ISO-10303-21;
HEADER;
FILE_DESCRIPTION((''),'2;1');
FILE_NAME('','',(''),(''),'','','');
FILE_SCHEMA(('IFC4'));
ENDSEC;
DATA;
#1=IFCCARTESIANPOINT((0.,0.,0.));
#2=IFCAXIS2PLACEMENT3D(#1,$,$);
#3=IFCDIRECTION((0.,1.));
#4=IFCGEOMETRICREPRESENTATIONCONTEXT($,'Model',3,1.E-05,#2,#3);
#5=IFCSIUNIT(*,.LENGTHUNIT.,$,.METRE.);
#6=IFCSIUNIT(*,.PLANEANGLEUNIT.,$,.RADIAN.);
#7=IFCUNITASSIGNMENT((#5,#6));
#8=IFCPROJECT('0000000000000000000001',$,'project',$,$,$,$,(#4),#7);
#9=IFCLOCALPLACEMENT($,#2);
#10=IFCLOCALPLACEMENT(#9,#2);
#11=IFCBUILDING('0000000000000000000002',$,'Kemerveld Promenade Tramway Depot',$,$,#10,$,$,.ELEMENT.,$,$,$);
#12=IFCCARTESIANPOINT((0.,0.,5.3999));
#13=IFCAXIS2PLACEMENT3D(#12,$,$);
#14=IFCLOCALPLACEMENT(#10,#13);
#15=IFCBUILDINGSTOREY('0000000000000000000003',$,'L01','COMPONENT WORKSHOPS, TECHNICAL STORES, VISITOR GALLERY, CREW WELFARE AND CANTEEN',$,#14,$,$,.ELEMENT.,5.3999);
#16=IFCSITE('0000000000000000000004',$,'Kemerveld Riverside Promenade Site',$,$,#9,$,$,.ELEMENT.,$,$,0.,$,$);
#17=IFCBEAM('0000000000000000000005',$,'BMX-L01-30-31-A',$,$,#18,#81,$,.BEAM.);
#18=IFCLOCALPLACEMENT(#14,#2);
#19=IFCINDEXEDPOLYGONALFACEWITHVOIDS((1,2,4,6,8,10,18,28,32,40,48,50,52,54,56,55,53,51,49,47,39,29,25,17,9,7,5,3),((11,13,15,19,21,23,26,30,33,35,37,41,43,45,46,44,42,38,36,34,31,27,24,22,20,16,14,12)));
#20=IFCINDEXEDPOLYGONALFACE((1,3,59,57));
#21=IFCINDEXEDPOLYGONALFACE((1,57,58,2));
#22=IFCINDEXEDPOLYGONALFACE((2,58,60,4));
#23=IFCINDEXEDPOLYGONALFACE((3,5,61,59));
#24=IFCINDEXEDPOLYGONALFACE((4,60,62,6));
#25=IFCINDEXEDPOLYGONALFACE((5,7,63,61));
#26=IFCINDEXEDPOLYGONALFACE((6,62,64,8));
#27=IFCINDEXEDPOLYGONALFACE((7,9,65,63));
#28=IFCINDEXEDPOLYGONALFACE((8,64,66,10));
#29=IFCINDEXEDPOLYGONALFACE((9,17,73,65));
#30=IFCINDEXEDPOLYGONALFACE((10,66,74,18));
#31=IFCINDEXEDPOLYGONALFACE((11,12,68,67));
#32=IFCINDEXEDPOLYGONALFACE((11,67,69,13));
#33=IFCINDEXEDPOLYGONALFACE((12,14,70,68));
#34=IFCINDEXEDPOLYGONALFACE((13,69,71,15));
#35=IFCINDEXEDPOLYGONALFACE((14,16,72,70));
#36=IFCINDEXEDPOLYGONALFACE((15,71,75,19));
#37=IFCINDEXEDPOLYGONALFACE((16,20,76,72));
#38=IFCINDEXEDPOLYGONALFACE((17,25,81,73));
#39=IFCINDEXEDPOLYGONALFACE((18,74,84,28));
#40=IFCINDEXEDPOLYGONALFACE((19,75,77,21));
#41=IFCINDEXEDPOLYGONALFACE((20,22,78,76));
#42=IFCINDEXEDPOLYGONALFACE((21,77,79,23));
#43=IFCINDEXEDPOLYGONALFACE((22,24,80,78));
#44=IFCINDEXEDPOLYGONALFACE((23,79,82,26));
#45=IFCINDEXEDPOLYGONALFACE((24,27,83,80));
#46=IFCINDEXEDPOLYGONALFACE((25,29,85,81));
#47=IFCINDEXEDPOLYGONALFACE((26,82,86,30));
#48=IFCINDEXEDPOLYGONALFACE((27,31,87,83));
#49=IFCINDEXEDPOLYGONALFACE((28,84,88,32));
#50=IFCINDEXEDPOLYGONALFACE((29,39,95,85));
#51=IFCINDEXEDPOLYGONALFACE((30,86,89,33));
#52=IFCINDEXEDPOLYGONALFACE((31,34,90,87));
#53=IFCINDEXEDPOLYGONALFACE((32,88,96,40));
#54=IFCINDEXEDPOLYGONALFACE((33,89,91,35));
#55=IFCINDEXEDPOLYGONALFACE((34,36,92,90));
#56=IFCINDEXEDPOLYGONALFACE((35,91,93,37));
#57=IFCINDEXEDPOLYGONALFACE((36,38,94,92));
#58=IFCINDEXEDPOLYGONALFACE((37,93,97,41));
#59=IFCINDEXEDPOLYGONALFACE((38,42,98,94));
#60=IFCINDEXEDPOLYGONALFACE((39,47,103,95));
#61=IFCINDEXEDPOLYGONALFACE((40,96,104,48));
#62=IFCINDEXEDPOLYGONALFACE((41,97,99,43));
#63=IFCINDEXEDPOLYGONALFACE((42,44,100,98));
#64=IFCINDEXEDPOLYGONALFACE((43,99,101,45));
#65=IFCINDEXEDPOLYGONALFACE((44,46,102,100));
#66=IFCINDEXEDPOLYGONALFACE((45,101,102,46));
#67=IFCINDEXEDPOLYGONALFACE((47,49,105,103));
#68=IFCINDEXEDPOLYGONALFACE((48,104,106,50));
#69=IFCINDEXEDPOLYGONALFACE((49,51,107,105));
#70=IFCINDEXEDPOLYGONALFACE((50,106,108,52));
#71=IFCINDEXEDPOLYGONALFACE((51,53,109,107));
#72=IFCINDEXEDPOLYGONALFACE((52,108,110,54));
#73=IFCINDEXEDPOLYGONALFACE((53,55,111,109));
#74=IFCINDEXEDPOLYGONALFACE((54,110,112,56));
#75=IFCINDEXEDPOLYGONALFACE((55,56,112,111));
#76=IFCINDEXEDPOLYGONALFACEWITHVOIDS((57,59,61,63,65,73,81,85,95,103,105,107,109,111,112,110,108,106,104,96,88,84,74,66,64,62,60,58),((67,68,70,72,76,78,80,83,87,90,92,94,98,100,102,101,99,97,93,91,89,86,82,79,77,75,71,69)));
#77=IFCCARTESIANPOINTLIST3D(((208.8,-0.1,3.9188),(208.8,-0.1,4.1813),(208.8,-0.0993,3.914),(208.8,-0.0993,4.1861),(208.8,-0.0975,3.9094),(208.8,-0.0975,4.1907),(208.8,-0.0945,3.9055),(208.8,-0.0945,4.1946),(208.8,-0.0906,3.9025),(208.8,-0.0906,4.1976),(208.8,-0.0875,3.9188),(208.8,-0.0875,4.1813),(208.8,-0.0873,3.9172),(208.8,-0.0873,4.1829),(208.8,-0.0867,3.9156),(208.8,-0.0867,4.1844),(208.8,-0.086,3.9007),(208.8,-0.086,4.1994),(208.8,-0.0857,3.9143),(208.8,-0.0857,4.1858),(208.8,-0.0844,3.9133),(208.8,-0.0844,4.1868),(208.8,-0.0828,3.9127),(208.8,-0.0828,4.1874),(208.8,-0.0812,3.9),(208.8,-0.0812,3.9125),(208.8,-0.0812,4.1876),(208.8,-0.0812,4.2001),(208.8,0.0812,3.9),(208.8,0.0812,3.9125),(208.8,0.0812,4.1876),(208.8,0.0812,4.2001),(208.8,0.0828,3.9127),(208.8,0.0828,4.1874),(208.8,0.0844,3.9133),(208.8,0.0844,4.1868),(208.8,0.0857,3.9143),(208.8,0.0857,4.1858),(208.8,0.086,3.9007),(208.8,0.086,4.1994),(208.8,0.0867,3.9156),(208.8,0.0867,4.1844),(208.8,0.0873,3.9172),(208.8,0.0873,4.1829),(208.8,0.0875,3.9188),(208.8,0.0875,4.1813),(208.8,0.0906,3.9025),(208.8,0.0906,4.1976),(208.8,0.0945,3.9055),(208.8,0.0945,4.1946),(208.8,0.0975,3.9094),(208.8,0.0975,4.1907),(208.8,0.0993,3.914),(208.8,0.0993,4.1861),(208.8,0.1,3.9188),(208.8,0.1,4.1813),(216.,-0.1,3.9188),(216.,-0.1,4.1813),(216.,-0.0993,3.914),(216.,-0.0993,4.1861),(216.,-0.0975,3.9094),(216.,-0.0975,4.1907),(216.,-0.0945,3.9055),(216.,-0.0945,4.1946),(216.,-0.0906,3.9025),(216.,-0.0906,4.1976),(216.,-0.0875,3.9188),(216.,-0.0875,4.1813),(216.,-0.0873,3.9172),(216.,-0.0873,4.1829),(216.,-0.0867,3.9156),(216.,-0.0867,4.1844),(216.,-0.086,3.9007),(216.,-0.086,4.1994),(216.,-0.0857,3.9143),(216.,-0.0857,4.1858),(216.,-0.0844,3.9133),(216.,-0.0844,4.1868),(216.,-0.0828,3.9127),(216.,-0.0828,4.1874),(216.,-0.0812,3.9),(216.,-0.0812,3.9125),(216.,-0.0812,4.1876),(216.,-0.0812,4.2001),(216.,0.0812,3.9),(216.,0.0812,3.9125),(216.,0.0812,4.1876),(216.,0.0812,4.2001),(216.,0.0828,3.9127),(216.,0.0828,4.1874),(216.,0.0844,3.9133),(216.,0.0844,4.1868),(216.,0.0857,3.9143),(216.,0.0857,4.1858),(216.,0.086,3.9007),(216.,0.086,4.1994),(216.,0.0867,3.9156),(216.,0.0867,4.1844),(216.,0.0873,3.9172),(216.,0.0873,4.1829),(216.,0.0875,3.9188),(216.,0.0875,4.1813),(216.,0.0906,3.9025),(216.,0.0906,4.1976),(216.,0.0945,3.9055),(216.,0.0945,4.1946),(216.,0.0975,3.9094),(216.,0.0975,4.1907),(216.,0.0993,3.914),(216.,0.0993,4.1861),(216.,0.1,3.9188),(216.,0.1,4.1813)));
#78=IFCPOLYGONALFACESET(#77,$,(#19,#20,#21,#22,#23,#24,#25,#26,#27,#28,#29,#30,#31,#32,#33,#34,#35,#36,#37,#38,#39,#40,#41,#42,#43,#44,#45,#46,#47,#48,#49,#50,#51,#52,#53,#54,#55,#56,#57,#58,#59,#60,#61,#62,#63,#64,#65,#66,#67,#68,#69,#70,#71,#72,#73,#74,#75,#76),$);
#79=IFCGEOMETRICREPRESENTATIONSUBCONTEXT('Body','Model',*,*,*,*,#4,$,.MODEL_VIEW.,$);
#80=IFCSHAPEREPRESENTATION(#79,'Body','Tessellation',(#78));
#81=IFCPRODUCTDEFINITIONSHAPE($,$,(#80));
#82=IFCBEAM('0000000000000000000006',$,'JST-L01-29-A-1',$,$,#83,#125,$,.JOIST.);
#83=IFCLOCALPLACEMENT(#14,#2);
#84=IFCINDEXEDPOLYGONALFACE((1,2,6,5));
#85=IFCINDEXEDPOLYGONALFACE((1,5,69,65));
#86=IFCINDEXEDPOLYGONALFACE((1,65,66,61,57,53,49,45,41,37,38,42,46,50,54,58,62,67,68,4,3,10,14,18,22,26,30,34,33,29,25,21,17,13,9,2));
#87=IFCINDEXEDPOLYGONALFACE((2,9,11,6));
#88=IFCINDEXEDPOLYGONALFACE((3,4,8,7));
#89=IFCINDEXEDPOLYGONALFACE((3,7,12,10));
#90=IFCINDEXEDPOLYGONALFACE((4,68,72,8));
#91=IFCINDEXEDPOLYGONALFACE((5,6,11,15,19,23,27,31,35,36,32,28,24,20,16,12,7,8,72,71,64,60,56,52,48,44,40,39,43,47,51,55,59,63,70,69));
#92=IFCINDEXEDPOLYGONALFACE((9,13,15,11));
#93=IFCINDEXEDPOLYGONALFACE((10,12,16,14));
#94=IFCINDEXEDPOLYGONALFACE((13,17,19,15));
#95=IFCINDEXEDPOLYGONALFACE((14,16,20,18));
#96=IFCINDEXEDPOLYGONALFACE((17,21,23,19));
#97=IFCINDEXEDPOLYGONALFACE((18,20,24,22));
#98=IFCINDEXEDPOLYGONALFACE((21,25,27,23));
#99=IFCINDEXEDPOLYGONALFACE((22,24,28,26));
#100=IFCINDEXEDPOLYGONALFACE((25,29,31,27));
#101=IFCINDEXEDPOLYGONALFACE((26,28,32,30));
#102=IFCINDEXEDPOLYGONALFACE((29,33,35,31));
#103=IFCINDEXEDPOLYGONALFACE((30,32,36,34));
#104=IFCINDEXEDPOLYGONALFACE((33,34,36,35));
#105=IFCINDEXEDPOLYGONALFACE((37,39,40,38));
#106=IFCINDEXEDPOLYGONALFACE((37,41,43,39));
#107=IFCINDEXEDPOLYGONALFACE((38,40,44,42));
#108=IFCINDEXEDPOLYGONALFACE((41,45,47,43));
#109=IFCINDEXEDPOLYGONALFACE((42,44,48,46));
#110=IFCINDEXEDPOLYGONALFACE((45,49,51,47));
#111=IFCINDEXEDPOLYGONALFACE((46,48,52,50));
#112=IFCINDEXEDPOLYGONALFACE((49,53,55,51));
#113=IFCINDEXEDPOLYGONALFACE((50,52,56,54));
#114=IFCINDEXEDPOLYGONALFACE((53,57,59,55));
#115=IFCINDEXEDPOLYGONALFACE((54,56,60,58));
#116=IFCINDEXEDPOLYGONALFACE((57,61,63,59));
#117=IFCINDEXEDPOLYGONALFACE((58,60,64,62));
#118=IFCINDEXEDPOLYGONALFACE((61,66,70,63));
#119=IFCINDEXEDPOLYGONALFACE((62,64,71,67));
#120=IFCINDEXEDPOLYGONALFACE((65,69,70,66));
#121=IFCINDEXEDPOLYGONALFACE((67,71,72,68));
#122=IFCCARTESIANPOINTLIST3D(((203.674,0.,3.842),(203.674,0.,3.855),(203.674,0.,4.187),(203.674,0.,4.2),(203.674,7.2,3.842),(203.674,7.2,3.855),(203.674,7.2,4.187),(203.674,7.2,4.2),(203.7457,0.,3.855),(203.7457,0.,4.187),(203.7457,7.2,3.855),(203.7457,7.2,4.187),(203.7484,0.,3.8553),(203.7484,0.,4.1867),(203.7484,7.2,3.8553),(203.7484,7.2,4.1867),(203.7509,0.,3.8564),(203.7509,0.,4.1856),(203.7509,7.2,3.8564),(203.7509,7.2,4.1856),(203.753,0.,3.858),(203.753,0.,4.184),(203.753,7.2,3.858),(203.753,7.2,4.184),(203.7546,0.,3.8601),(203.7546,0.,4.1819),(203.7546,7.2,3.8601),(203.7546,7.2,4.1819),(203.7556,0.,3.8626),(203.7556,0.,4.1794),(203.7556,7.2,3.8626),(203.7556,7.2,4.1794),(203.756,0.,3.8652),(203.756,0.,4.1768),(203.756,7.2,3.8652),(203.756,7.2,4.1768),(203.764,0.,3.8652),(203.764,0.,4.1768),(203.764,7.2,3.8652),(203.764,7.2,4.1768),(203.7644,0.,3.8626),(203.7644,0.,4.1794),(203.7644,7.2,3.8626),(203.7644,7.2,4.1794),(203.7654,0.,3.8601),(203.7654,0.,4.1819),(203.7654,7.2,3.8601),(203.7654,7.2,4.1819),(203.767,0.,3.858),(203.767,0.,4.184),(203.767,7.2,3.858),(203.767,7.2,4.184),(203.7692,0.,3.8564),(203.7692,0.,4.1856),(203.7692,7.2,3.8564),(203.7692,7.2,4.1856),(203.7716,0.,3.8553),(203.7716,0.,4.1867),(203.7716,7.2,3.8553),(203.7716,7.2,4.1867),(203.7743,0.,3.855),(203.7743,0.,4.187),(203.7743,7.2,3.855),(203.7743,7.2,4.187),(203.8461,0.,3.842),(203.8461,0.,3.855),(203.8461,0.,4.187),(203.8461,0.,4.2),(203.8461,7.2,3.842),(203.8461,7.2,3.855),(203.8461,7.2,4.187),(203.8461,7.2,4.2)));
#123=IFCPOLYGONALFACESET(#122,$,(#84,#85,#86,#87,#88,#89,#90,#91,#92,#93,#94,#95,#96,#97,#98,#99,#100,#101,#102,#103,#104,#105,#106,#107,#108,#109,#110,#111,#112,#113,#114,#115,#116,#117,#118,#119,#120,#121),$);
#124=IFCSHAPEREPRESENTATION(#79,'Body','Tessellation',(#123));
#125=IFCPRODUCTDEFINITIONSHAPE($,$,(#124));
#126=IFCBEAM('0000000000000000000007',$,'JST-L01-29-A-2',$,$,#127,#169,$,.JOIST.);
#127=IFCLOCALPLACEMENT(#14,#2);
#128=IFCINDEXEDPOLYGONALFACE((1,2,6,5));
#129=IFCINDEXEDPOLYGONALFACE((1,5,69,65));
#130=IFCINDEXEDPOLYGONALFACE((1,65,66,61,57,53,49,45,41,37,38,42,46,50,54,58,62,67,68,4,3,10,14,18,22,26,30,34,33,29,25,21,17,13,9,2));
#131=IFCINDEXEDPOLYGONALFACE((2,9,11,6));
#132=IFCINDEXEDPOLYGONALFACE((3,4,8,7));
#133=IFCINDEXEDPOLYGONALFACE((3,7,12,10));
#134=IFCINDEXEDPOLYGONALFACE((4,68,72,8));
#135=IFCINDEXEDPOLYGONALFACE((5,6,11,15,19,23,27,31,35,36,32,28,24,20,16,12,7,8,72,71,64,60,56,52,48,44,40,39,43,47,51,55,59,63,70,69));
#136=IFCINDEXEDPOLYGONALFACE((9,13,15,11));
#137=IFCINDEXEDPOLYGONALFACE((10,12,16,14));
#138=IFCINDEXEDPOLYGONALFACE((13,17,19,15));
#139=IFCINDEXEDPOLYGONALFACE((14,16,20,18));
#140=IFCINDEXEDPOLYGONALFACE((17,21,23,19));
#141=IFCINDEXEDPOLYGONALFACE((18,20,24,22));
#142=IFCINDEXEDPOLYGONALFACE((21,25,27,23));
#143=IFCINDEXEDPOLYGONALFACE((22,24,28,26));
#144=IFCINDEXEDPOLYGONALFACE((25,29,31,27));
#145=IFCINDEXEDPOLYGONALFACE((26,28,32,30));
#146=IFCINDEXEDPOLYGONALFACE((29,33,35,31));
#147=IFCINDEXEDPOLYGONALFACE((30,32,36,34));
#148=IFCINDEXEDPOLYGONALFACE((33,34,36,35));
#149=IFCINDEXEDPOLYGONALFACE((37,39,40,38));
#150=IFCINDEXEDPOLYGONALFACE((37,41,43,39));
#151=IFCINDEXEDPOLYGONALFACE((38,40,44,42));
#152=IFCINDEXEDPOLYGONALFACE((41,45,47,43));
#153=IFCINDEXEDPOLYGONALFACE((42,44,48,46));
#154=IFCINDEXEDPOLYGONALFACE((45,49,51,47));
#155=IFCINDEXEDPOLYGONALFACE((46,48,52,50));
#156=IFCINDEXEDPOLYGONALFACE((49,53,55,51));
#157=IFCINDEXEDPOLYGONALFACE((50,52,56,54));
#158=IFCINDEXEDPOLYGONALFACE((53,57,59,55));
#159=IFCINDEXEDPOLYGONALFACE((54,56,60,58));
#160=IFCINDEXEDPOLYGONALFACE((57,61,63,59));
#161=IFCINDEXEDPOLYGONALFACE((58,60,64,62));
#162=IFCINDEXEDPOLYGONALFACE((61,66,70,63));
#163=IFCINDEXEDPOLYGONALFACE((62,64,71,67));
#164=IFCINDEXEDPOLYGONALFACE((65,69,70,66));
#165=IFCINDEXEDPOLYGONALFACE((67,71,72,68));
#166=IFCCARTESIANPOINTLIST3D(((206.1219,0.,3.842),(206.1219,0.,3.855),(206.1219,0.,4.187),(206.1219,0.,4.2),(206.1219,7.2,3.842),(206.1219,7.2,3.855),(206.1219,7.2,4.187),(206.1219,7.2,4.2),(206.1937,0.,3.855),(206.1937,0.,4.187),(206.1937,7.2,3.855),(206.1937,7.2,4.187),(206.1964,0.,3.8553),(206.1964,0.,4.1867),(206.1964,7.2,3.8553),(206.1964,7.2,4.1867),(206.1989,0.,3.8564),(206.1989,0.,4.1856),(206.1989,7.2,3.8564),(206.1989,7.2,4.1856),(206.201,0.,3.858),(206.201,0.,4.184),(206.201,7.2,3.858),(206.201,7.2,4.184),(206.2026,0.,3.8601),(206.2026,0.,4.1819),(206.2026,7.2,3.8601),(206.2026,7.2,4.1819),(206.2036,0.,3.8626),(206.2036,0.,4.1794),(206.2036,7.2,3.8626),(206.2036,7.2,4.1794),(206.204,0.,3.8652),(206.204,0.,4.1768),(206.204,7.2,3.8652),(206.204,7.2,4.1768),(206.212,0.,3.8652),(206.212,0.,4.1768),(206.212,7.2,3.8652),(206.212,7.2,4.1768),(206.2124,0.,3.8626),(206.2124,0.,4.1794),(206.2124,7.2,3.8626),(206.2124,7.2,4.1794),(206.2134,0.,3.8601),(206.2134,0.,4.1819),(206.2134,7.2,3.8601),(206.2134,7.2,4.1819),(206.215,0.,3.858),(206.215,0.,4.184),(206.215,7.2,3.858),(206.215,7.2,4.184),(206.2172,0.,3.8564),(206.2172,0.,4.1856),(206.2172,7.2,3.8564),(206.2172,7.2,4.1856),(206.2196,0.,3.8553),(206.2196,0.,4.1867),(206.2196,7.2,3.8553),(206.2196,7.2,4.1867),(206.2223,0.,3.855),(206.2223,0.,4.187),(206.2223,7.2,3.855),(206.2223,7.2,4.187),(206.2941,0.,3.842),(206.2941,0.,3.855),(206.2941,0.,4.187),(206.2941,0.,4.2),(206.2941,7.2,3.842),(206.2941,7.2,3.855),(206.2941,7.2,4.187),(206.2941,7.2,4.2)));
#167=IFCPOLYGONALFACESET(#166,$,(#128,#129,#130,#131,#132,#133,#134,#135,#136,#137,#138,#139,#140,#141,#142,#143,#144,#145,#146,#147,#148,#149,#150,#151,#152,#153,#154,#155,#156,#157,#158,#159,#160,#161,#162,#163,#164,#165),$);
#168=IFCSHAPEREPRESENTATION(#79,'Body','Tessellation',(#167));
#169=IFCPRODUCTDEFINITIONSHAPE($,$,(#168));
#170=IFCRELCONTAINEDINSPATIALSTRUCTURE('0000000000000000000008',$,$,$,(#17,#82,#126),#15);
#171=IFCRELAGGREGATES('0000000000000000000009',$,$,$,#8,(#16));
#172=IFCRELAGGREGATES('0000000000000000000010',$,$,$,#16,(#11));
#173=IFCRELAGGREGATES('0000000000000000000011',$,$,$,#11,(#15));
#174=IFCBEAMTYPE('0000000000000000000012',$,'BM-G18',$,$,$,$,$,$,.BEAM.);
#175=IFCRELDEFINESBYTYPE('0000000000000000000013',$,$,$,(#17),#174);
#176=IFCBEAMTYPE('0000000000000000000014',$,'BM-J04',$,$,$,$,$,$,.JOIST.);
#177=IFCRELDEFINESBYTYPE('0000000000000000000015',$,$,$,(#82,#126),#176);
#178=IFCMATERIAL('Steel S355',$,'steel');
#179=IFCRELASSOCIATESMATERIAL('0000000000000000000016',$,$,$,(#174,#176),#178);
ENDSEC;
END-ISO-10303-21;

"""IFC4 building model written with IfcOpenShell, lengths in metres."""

from ifc_helpers import new_model, si_unit, direction, frame, origin, origin_2d, place, context, subcontext, project, spatial, hollow_rectangle, i_section, extrude, material, material_profile, profile_set, type_object, element, save


model = new_model("IFC4")

# Units and contexts
model_context = context("Model", 3, precision=1e-05, world=origin(), true_north=direction((0.0, 1.0)))
body_context = subcontext(model_context, "Body", "Model", "MODEL_VIEW")
ifc_project = project(units=[si_unit("LENGTHUNIT", "METRE"), si_unit("PLANEANGLEUNIT", "RADIAN")], contexts=[model_context])

# Site, building, storey
site_placement = place(None, origin())
site = spatial("IfcSite", under=ifc_project, at=site_placement, Name="Kemerveld Riverside Promenade Site", CompositionType="ELEMENT", RefElevation=0.0)
building_placement = place(site_placement, origin())
building = spatial("IfcBuilding", under=site, at=building_placement, Name="Kemerveld Promenade Tramway Depot", CompositionType="ELEMENT")
storey_placement = place(building_placement, frame((0.0, 0.0, 5.3999)))
storey = spatial("IfcBuildingStorey", under=building, at=storey_placement, Name="L01", Description="COMPONENT WORKSHOPS, TECHNICAL STORES, VISITOR GALLERY, CREW WELFARE AND CANTEEN", CompositionType="ELEMENT", Elevation=5.3999)

# Shared definitions
ifc_material_1 = material(Name="Steel S355", Category="steel")

# Beams
ifc_material_profile_1 = material_profile(ifc_material_1, hollow_rectangle(XDim=0.2, YDim=0.3, WallThickness=0.0125, InnerFilletRadius=0.0063, OuterFilletRadius=0.0188, at=origin_2d()), Name="300x200x12.5 RHS")
ifc_profile_set_1 = profile_set([ifc_material_profile_1], Name="Steel S355")
beam_type_1 = type_object("IfcBeamType", Name="BM-G18", PredefinedType="BEAM", material=ifc_profile_set_1)
beam_placement = place(storey_placement, frame((208.8, 0.0, 4.05), z_axis=(1.0, 0.0, 0.0), x_axis=(0.0, 1.0, 0.0)))
element("IfcBeam", 1, at=beam_placement, inside=storey, type_object=beam_type_1, Name="BMX-L01-30-31-A", PredefinedType="BEAM", context=body_context, shape_type="SweptSolid", body=[
    extrude(hollow_rectangle(XDim=0.2, YDim=0.3, WallThickness=0.0125, InnerFilletRadius=0.0063, OuterFilletRadius=0.0188, at=origin_2d()), origin(), (0.0, 0.0, 1.0), 7.2),
])
ifc_material_profile_2 = material_profile(ifc_material_1, i_section(OverallWidth=0.1721, OverallDepth=0.3579, WebThickness=0.0081, FlangeThickness=0.0129, FilletRadius=0.0103, at=origin_2d()), Name="356x171x57 UB")
ifc_profile_set_2 = profile_set([ifc_material_profile_2], Name="Steel S355")
beam_type_2 = type_object("IfcBeamType", Name="BM-J04", PredefinedType="JOIST", material=ifc_profile_set_2)
for number, where, z_axis, x_axis, name in (
    (2, (203.76, 0.0, 4.021), (0.0, 1.0, 0.0), (-1.0, 0.0, 0.0), "JST-L01-29-A-1"),
    (3, (206.208, 0.0, 4.021), (0.0, 1.0, 0.0), (-1.0, 0.0, 0.0), "JST-L01-29-A-2"),
):
    element("IfcBeam", number, at=place(storey_placement, frame(where, z_axis=z_axis, x_axis=x_axis)), inside=storey, type_object=beam_type_2, Name=name, PredefinedType="JOIST", context=body_context, shape_type="SweptSolid", body=[
        extrude(i_section(OverallWidth=0.1721, OverallDepth=0.3579, WebThickness=0.0081, FlangeThickness=0.0129, FilletRadius=0.0103, at=origin_2d()), origin(), (0.0, 0.0, 1.0), 7.2),
    ])

save(model, "model.ifc")
